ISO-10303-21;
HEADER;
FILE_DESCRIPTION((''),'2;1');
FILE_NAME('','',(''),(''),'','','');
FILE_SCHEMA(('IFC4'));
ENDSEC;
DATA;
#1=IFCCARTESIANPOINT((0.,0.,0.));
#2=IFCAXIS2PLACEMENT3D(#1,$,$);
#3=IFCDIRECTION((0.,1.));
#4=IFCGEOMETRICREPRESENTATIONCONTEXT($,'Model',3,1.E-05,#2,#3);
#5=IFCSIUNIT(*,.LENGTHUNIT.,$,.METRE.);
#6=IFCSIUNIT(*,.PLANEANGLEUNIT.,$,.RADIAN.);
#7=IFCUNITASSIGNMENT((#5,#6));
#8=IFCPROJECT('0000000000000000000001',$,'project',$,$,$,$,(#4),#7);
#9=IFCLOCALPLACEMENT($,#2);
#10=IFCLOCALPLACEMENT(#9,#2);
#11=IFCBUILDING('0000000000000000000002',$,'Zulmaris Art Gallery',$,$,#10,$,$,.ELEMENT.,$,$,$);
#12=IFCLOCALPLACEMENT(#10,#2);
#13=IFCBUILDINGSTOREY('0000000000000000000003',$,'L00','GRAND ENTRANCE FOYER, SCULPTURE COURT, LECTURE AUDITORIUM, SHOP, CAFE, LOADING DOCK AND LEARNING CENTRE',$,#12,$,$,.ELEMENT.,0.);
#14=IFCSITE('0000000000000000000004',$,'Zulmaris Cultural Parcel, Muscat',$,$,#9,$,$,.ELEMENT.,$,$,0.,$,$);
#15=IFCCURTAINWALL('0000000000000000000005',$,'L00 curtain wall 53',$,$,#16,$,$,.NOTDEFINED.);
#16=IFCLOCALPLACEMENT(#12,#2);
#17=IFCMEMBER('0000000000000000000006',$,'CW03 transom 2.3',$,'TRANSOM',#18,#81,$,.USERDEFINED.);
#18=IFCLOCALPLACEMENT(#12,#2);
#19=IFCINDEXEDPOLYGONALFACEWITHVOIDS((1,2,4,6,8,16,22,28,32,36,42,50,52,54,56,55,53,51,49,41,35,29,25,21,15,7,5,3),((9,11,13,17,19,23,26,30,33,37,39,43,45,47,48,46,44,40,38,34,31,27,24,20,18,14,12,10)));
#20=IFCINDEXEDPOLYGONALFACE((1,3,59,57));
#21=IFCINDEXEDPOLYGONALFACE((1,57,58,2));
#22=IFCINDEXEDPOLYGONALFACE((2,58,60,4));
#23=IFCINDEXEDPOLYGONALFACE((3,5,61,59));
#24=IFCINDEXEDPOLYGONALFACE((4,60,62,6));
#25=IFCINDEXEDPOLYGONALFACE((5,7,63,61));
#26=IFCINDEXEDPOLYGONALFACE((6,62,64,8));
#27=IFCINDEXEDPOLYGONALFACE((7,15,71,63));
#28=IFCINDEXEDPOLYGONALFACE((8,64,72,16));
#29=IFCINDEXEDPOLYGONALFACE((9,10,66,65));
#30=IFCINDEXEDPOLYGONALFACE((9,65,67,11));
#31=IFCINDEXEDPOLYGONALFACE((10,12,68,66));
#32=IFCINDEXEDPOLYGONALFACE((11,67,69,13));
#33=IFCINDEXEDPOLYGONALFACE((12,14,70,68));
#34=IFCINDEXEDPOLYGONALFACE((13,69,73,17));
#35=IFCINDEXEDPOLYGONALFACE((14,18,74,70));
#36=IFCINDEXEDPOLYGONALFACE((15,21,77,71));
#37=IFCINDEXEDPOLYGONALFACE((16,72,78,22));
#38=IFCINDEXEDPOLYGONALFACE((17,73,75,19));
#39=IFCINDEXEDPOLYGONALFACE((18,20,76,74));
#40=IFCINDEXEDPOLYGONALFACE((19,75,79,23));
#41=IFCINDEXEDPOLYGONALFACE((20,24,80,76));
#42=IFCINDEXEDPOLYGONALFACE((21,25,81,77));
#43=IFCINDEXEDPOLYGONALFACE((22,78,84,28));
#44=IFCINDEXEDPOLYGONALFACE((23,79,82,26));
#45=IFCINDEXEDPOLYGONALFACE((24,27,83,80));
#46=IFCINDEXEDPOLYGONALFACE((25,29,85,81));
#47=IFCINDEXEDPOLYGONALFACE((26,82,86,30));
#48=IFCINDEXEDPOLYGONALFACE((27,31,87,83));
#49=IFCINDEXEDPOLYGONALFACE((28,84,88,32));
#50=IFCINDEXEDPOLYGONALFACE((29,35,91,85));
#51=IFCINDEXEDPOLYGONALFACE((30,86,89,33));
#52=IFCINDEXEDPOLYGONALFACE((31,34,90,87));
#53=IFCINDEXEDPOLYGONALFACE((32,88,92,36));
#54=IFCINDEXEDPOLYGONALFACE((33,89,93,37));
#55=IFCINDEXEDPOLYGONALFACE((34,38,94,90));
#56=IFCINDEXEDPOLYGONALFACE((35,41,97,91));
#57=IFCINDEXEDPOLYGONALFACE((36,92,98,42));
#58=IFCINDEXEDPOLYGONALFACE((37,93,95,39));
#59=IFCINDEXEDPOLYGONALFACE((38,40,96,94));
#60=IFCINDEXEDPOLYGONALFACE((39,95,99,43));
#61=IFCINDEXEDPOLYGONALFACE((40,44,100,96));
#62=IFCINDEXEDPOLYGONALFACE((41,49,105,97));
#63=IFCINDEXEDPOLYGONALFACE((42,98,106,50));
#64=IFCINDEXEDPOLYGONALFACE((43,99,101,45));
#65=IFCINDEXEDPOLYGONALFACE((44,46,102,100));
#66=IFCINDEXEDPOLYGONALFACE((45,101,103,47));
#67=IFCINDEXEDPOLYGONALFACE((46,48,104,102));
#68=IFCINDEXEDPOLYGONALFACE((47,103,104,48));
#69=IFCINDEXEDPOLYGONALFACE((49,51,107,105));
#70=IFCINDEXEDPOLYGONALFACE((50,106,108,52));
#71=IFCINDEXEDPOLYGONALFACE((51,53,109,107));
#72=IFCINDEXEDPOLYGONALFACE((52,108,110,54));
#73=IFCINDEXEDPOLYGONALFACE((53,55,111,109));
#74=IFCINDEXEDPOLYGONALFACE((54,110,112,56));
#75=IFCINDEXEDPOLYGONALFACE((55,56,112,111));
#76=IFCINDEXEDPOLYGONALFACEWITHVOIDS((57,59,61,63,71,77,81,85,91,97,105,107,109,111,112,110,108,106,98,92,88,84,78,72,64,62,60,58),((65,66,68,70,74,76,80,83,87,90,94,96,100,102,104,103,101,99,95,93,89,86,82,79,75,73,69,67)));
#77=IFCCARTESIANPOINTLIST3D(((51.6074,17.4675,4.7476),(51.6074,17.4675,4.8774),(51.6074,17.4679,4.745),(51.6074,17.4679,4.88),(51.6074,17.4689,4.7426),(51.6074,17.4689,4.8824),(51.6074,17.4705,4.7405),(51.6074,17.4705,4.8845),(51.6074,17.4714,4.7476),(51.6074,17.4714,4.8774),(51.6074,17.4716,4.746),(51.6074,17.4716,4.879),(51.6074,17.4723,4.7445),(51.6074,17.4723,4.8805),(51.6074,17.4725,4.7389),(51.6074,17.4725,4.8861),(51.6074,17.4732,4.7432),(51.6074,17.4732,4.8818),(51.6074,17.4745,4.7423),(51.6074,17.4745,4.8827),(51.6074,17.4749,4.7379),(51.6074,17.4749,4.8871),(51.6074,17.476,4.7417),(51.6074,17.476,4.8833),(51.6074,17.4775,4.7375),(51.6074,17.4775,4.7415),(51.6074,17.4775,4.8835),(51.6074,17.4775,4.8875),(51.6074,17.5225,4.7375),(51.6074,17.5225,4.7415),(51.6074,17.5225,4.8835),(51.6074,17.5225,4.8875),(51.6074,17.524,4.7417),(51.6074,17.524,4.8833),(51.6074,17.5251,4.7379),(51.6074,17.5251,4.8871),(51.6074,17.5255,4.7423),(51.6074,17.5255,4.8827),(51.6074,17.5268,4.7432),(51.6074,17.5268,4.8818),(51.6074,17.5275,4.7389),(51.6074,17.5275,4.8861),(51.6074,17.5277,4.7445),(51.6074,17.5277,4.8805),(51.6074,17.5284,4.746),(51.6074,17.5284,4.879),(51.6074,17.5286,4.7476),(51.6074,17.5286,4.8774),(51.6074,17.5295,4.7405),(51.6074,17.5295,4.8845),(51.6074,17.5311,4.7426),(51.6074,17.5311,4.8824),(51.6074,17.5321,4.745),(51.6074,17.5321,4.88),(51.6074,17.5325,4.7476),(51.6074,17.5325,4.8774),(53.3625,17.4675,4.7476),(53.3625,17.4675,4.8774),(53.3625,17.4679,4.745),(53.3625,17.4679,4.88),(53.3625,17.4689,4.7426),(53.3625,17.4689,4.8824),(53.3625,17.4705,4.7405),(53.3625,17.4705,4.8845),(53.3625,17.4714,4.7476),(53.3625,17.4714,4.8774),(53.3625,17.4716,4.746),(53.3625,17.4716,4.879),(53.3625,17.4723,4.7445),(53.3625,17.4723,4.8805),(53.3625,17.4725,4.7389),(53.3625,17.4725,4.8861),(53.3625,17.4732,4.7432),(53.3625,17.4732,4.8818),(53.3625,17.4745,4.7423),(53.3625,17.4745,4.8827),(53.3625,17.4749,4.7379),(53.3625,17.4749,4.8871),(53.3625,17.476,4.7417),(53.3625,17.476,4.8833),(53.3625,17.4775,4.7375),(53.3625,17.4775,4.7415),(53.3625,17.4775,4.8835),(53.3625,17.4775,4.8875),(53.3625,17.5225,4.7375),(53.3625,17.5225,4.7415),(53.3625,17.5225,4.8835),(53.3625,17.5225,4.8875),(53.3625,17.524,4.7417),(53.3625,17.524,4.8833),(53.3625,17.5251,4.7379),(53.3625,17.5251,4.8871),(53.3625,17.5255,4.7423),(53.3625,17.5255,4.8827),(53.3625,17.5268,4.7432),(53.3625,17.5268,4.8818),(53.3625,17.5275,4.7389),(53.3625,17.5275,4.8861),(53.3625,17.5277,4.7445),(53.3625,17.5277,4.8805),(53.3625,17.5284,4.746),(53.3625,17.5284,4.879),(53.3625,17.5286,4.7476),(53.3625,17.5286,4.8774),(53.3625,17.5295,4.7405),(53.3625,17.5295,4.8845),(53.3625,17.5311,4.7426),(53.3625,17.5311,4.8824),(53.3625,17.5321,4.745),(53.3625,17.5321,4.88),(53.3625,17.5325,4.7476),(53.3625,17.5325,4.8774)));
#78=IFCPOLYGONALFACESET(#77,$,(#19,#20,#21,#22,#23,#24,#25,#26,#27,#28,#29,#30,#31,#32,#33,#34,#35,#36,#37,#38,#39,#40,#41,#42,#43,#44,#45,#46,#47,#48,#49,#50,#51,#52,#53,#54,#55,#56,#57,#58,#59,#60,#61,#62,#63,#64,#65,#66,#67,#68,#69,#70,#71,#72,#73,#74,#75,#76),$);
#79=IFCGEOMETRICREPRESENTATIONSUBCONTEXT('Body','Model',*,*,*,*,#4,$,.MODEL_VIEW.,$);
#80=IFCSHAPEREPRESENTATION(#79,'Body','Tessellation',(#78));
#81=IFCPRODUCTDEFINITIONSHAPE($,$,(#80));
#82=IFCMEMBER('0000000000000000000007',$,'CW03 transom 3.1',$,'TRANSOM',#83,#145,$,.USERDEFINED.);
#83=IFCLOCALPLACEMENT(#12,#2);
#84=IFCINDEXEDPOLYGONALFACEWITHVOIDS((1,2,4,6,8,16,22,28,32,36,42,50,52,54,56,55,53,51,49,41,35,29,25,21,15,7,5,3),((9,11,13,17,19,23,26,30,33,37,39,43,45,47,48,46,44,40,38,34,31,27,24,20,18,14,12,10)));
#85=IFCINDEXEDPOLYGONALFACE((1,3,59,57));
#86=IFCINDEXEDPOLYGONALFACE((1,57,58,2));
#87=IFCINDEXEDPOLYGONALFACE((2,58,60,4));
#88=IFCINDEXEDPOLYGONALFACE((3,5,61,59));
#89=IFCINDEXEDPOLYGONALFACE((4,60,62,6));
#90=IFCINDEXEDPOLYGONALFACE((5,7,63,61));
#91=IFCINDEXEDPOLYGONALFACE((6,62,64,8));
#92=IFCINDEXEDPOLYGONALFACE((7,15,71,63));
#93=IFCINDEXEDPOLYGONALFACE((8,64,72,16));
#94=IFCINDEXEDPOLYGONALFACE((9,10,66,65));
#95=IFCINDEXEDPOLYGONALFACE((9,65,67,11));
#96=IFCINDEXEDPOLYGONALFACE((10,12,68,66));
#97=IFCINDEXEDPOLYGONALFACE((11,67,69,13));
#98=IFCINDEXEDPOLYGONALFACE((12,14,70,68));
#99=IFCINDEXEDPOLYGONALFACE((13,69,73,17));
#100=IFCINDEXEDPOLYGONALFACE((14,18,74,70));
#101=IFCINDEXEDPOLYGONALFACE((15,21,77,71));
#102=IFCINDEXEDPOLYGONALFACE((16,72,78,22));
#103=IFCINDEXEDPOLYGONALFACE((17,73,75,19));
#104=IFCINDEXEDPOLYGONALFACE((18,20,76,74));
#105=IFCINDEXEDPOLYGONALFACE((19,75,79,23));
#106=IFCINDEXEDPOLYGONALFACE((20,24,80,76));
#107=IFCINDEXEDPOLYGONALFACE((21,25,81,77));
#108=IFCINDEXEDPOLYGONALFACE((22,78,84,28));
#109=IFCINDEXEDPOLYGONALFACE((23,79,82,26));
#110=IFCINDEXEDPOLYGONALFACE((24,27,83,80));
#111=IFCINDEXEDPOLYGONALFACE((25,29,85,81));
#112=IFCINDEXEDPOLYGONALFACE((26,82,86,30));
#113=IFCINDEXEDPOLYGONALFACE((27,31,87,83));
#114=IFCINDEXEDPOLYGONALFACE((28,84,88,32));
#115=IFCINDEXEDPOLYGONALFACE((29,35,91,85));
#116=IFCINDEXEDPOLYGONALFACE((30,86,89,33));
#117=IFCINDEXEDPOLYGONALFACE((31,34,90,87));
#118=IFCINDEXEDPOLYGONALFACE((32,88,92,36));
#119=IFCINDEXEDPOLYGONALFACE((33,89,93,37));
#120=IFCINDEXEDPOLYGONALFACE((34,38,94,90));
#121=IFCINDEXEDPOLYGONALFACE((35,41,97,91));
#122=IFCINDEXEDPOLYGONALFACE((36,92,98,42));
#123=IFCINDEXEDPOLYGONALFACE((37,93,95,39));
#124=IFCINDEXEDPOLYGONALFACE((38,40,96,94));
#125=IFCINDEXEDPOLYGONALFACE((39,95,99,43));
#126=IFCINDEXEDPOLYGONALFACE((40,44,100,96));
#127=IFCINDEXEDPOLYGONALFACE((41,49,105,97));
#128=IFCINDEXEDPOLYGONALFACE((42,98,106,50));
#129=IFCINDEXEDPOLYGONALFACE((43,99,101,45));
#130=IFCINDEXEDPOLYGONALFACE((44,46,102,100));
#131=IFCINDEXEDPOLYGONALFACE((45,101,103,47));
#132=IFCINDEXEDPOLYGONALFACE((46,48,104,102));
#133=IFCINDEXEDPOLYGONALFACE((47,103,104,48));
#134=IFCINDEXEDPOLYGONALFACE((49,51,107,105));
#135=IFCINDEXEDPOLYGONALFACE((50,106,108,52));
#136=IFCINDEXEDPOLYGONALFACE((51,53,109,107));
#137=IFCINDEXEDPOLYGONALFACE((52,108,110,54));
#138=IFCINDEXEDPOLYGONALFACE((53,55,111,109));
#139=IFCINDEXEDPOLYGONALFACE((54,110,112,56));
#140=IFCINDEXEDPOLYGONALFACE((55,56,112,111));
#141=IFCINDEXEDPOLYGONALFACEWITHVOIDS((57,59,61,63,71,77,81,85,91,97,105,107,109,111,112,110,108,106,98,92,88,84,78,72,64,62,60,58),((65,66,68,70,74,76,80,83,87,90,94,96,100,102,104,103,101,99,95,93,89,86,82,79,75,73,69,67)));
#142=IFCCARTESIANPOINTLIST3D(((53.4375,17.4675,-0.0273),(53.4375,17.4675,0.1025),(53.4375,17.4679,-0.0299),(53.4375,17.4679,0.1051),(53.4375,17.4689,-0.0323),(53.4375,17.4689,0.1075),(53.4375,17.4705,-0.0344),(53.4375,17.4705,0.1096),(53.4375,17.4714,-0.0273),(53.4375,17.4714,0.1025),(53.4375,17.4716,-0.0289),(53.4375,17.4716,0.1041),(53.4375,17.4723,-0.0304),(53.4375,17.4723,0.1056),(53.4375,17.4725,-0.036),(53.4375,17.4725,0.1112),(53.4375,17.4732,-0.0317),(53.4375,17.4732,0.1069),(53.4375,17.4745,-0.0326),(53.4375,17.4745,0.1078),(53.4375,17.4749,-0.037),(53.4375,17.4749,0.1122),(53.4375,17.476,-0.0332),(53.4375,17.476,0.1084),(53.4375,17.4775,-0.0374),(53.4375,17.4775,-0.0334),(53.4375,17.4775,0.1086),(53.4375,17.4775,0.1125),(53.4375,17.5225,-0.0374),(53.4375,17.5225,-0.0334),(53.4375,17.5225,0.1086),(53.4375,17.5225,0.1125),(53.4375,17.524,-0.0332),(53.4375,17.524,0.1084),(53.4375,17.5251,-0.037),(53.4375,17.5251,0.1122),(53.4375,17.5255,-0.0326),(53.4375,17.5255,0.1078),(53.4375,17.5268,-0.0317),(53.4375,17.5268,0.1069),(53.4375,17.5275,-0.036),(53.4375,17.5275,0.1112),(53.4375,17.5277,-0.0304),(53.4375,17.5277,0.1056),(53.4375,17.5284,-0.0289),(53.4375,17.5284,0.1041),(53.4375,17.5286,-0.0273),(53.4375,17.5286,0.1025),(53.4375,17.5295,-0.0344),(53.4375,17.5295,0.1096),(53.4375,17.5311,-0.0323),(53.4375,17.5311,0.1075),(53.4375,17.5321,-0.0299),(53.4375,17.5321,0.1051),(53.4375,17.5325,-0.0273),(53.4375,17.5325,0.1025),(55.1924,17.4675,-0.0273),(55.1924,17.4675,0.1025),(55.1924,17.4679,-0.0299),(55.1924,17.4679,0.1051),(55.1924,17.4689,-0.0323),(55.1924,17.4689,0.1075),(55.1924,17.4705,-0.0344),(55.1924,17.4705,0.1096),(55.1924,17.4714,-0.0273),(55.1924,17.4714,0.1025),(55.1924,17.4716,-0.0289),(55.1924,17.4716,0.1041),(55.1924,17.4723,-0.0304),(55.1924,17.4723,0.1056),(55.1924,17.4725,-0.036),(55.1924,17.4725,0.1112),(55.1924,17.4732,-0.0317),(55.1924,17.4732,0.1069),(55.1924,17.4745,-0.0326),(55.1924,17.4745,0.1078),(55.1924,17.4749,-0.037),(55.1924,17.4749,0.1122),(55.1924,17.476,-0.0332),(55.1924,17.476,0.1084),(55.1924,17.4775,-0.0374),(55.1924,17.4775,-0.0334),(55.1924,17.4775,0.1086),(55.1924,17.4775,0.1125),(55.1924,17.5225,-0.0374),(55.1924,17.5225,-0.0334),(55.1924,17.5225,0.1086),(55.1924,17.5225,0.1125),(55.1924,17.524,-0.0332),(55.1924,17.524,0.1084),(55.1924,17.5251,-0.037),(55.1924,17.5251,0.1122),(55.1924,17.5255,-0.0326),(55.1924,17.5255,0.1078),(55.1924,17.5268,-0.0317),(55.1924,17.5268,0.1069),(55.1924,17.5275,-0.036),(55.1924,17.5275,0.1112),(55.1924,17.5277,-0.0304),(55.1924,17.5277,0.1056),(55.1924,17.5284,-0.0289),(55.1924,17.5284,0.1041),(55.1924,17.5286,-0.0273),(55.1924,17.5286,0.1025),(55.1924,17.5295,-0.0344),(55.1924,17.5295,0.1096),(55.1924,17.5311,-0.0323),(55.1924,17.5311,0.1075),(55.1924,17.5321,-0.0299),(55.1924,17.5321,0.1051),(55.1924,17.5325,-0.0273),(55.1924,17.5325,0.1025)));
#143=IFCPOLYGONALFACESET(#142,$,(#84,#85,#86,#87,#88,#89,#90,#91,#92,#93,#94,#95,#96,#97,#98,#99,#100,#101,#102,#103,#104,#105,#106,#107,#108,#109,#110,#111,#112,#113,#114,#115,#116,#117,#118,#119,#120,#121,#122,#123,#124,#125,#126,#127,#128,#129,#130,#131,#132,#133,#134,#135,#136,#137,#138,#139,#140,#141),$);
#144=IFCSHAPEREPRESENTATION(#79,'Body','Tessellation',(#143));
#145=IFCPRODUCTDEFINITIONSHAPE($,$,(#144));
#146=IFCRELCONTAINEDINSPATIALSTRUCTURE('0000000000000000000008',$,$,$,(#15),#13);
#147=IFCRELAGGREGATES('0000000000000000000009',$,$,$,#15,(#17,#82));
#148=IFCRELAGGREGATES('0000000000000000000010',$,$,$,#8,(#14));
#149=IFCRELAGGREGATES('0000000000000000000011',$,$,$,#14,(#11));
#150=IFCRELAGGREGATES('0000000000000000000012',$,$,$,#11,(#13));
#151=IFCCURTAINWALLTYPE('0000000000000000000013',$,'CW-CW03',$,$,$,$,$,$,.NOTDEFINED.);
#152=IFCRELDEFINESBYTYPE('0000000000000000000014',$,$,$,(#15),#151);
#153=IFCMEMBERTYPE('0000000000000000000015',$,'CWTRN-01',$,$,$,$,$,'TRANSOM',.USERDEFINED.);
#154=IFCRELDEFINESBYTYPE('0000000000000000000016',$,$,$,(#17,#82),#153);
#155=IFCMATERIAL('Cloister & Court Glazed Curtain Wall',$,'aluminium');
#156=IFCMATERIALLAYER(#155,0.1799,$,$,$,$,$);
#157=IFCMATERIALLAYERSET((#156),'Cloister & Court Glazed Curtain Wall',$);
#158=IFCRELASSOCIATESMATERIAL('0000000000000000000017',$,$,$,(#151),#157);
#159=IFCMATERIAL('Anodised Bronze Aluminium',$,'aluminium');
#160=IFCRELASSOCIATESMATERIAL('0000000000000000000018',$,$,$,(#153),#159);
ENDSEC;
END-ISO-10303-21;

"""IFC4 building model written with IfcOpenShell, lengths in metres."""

from ifc_helpers import new_model, si_unit, direction, frame, origin, origin_2d, place, context, subcontext, project, spatial, hollow_rectangle, extrude, material, layer, layer_set, material_profile, profile_set, type_object, element, aggregate, save


model = new_model("IFC4")

# Units and contexts
model_context = context("Model", 3, precision=1e-05, world=origin(), true_north=direction((0.0, 1.0)))
body_context = subcontext(model_context, "Body", "Model", "MODEL_VIEW")
ifc_project = project(units=[si_unit("LENGTHUNIT", "METRE"), si_unit("PLANEANGLEUNIT", "RADIAN")], contexts=[model_context])

# Site, building, storey
site_placement = place(None, origin())
site = spatial("IfcSite", under=ifc_project, at=site_placement, Name="Zulmaris Cultural Parcel, Muscat", CompositionType="ELEMENT", RefElevation=0.0)
building_placement = place(site_placement, origin())
building = spatial("IfcBuilding", under=site, at=building_placement, Name="Zulmaris Art Gallery", CompositionType="ELEMENT")
storey_placement = place(building_placement, origin())
storey = spatial("IfcBuildingStorey", under=building, at=storey_placement, Name="L00", Description="GRAND ENTRANCE FOYER, SCULPTURE COURT, LECTURE AUDITORIUM, SHOP, CAFE, LOADING DOCK AND LEARNING CENTRE", CompositionType="ELEMENT", Elevation=0.0)

# Curtain wall, members
ifc_material_1 = material(Name="Cloister & Court Glazed Curtain Wall", Category="aluminium")
ifc_layer_1 = layer(ifc_material_1, 0.1799)
ifc_layer_set_1 = layer_set([ifc_layer_1], Name="Cloister & Court Glazed Curtain Wall")
curtain_wall_type = type_object("IfcCurtainWallType", Name="CW-CW03", PredefinedType="NOTDEFINED", material=ifc_layer_set_1)
curtain_wall_placement = place(storey_placement, origin())
curtain_wall = element("IfcCurtainWall", 1, at=curtain_wall_placement, inside=storey, type_object=curtain_wall_type, Name="L00 curtain wall 53", PredefinedType="NOTDEFINED")
ifc_material_2 = material(Name="Anodised Bronze Aluminium", Category="aluminium")
ifc_material_profile_1 = material_profile(ifc_material_2, hollow_rectangle(XDim=0.0649, YDim=0.1499, WallThickness=0.0039, InnerFilletRadius=0.0061, OuterFilletRadius=0.01, at=origin_2d()), Name="ALU 65x150x4")
ifc_profile_set_1 = profile_set([ifc_material_profile_1], Name="Anodised Bronze Aluminium")
member_type_1 = type_object("IfcMemberType", Name="CWTRN-01", ElementType="TRANSOM", PredefinedType="USERDEFINED", material=ifc_profile_set_1)
member_1_placement = place(storey_placement, frame((51.6074, 17.5, 4.8125), z_axis=(1.0, 0.0, 0.0), x_axis=(0.0, 1.0, 0.0)))
member_1 = element("IfcMember", 2, at=member_1_placement, type_object=member_type_1, Name="CW03 transom 2.3", ObjectType="TRANSOM", PredefinedType="USERDEFINED", context=body_context, shape_type="SweptSolid", body=[
    extrude(hollow_rectangle(XDim=0.0649, YDim=0.1499, WallThickness=0.0039, InnerFilletRadius=0.0061, OuterFilletRadius=0.01, at=origin_2d()), origin(), (0.0, 0.0, 1.0), 1.7551),
])
member_2_placement = place(storey_placement, frame((53.4375, 17.5, 0.0376), z_axis=(1.0, 0.0, 0.0), x_axis=(0.0, 1.0, 0.0)))
member_2 = element("IfcMember", 3, at=member_2_placement, type_object=member_type_1, Name="CW03 transom 3.1", ObjectType="TRANSOM", PredefinedType="USERDEFINED", context=body_context, shape_type="SweptSolid", body=[
    extrude(hollow_rectangle(XDim=0.0649, YDim=0.1499, WallThickness=0.0039, InnerFilletRadius=0.0061, OuterFilletRadius=0.01, at=origin_2d()), origin(), (0.0, 0.0, 1.0), 1.7549),
])
aggregate(curtain_wall, [member_1, member_2])

save(model, "model.ifc")
